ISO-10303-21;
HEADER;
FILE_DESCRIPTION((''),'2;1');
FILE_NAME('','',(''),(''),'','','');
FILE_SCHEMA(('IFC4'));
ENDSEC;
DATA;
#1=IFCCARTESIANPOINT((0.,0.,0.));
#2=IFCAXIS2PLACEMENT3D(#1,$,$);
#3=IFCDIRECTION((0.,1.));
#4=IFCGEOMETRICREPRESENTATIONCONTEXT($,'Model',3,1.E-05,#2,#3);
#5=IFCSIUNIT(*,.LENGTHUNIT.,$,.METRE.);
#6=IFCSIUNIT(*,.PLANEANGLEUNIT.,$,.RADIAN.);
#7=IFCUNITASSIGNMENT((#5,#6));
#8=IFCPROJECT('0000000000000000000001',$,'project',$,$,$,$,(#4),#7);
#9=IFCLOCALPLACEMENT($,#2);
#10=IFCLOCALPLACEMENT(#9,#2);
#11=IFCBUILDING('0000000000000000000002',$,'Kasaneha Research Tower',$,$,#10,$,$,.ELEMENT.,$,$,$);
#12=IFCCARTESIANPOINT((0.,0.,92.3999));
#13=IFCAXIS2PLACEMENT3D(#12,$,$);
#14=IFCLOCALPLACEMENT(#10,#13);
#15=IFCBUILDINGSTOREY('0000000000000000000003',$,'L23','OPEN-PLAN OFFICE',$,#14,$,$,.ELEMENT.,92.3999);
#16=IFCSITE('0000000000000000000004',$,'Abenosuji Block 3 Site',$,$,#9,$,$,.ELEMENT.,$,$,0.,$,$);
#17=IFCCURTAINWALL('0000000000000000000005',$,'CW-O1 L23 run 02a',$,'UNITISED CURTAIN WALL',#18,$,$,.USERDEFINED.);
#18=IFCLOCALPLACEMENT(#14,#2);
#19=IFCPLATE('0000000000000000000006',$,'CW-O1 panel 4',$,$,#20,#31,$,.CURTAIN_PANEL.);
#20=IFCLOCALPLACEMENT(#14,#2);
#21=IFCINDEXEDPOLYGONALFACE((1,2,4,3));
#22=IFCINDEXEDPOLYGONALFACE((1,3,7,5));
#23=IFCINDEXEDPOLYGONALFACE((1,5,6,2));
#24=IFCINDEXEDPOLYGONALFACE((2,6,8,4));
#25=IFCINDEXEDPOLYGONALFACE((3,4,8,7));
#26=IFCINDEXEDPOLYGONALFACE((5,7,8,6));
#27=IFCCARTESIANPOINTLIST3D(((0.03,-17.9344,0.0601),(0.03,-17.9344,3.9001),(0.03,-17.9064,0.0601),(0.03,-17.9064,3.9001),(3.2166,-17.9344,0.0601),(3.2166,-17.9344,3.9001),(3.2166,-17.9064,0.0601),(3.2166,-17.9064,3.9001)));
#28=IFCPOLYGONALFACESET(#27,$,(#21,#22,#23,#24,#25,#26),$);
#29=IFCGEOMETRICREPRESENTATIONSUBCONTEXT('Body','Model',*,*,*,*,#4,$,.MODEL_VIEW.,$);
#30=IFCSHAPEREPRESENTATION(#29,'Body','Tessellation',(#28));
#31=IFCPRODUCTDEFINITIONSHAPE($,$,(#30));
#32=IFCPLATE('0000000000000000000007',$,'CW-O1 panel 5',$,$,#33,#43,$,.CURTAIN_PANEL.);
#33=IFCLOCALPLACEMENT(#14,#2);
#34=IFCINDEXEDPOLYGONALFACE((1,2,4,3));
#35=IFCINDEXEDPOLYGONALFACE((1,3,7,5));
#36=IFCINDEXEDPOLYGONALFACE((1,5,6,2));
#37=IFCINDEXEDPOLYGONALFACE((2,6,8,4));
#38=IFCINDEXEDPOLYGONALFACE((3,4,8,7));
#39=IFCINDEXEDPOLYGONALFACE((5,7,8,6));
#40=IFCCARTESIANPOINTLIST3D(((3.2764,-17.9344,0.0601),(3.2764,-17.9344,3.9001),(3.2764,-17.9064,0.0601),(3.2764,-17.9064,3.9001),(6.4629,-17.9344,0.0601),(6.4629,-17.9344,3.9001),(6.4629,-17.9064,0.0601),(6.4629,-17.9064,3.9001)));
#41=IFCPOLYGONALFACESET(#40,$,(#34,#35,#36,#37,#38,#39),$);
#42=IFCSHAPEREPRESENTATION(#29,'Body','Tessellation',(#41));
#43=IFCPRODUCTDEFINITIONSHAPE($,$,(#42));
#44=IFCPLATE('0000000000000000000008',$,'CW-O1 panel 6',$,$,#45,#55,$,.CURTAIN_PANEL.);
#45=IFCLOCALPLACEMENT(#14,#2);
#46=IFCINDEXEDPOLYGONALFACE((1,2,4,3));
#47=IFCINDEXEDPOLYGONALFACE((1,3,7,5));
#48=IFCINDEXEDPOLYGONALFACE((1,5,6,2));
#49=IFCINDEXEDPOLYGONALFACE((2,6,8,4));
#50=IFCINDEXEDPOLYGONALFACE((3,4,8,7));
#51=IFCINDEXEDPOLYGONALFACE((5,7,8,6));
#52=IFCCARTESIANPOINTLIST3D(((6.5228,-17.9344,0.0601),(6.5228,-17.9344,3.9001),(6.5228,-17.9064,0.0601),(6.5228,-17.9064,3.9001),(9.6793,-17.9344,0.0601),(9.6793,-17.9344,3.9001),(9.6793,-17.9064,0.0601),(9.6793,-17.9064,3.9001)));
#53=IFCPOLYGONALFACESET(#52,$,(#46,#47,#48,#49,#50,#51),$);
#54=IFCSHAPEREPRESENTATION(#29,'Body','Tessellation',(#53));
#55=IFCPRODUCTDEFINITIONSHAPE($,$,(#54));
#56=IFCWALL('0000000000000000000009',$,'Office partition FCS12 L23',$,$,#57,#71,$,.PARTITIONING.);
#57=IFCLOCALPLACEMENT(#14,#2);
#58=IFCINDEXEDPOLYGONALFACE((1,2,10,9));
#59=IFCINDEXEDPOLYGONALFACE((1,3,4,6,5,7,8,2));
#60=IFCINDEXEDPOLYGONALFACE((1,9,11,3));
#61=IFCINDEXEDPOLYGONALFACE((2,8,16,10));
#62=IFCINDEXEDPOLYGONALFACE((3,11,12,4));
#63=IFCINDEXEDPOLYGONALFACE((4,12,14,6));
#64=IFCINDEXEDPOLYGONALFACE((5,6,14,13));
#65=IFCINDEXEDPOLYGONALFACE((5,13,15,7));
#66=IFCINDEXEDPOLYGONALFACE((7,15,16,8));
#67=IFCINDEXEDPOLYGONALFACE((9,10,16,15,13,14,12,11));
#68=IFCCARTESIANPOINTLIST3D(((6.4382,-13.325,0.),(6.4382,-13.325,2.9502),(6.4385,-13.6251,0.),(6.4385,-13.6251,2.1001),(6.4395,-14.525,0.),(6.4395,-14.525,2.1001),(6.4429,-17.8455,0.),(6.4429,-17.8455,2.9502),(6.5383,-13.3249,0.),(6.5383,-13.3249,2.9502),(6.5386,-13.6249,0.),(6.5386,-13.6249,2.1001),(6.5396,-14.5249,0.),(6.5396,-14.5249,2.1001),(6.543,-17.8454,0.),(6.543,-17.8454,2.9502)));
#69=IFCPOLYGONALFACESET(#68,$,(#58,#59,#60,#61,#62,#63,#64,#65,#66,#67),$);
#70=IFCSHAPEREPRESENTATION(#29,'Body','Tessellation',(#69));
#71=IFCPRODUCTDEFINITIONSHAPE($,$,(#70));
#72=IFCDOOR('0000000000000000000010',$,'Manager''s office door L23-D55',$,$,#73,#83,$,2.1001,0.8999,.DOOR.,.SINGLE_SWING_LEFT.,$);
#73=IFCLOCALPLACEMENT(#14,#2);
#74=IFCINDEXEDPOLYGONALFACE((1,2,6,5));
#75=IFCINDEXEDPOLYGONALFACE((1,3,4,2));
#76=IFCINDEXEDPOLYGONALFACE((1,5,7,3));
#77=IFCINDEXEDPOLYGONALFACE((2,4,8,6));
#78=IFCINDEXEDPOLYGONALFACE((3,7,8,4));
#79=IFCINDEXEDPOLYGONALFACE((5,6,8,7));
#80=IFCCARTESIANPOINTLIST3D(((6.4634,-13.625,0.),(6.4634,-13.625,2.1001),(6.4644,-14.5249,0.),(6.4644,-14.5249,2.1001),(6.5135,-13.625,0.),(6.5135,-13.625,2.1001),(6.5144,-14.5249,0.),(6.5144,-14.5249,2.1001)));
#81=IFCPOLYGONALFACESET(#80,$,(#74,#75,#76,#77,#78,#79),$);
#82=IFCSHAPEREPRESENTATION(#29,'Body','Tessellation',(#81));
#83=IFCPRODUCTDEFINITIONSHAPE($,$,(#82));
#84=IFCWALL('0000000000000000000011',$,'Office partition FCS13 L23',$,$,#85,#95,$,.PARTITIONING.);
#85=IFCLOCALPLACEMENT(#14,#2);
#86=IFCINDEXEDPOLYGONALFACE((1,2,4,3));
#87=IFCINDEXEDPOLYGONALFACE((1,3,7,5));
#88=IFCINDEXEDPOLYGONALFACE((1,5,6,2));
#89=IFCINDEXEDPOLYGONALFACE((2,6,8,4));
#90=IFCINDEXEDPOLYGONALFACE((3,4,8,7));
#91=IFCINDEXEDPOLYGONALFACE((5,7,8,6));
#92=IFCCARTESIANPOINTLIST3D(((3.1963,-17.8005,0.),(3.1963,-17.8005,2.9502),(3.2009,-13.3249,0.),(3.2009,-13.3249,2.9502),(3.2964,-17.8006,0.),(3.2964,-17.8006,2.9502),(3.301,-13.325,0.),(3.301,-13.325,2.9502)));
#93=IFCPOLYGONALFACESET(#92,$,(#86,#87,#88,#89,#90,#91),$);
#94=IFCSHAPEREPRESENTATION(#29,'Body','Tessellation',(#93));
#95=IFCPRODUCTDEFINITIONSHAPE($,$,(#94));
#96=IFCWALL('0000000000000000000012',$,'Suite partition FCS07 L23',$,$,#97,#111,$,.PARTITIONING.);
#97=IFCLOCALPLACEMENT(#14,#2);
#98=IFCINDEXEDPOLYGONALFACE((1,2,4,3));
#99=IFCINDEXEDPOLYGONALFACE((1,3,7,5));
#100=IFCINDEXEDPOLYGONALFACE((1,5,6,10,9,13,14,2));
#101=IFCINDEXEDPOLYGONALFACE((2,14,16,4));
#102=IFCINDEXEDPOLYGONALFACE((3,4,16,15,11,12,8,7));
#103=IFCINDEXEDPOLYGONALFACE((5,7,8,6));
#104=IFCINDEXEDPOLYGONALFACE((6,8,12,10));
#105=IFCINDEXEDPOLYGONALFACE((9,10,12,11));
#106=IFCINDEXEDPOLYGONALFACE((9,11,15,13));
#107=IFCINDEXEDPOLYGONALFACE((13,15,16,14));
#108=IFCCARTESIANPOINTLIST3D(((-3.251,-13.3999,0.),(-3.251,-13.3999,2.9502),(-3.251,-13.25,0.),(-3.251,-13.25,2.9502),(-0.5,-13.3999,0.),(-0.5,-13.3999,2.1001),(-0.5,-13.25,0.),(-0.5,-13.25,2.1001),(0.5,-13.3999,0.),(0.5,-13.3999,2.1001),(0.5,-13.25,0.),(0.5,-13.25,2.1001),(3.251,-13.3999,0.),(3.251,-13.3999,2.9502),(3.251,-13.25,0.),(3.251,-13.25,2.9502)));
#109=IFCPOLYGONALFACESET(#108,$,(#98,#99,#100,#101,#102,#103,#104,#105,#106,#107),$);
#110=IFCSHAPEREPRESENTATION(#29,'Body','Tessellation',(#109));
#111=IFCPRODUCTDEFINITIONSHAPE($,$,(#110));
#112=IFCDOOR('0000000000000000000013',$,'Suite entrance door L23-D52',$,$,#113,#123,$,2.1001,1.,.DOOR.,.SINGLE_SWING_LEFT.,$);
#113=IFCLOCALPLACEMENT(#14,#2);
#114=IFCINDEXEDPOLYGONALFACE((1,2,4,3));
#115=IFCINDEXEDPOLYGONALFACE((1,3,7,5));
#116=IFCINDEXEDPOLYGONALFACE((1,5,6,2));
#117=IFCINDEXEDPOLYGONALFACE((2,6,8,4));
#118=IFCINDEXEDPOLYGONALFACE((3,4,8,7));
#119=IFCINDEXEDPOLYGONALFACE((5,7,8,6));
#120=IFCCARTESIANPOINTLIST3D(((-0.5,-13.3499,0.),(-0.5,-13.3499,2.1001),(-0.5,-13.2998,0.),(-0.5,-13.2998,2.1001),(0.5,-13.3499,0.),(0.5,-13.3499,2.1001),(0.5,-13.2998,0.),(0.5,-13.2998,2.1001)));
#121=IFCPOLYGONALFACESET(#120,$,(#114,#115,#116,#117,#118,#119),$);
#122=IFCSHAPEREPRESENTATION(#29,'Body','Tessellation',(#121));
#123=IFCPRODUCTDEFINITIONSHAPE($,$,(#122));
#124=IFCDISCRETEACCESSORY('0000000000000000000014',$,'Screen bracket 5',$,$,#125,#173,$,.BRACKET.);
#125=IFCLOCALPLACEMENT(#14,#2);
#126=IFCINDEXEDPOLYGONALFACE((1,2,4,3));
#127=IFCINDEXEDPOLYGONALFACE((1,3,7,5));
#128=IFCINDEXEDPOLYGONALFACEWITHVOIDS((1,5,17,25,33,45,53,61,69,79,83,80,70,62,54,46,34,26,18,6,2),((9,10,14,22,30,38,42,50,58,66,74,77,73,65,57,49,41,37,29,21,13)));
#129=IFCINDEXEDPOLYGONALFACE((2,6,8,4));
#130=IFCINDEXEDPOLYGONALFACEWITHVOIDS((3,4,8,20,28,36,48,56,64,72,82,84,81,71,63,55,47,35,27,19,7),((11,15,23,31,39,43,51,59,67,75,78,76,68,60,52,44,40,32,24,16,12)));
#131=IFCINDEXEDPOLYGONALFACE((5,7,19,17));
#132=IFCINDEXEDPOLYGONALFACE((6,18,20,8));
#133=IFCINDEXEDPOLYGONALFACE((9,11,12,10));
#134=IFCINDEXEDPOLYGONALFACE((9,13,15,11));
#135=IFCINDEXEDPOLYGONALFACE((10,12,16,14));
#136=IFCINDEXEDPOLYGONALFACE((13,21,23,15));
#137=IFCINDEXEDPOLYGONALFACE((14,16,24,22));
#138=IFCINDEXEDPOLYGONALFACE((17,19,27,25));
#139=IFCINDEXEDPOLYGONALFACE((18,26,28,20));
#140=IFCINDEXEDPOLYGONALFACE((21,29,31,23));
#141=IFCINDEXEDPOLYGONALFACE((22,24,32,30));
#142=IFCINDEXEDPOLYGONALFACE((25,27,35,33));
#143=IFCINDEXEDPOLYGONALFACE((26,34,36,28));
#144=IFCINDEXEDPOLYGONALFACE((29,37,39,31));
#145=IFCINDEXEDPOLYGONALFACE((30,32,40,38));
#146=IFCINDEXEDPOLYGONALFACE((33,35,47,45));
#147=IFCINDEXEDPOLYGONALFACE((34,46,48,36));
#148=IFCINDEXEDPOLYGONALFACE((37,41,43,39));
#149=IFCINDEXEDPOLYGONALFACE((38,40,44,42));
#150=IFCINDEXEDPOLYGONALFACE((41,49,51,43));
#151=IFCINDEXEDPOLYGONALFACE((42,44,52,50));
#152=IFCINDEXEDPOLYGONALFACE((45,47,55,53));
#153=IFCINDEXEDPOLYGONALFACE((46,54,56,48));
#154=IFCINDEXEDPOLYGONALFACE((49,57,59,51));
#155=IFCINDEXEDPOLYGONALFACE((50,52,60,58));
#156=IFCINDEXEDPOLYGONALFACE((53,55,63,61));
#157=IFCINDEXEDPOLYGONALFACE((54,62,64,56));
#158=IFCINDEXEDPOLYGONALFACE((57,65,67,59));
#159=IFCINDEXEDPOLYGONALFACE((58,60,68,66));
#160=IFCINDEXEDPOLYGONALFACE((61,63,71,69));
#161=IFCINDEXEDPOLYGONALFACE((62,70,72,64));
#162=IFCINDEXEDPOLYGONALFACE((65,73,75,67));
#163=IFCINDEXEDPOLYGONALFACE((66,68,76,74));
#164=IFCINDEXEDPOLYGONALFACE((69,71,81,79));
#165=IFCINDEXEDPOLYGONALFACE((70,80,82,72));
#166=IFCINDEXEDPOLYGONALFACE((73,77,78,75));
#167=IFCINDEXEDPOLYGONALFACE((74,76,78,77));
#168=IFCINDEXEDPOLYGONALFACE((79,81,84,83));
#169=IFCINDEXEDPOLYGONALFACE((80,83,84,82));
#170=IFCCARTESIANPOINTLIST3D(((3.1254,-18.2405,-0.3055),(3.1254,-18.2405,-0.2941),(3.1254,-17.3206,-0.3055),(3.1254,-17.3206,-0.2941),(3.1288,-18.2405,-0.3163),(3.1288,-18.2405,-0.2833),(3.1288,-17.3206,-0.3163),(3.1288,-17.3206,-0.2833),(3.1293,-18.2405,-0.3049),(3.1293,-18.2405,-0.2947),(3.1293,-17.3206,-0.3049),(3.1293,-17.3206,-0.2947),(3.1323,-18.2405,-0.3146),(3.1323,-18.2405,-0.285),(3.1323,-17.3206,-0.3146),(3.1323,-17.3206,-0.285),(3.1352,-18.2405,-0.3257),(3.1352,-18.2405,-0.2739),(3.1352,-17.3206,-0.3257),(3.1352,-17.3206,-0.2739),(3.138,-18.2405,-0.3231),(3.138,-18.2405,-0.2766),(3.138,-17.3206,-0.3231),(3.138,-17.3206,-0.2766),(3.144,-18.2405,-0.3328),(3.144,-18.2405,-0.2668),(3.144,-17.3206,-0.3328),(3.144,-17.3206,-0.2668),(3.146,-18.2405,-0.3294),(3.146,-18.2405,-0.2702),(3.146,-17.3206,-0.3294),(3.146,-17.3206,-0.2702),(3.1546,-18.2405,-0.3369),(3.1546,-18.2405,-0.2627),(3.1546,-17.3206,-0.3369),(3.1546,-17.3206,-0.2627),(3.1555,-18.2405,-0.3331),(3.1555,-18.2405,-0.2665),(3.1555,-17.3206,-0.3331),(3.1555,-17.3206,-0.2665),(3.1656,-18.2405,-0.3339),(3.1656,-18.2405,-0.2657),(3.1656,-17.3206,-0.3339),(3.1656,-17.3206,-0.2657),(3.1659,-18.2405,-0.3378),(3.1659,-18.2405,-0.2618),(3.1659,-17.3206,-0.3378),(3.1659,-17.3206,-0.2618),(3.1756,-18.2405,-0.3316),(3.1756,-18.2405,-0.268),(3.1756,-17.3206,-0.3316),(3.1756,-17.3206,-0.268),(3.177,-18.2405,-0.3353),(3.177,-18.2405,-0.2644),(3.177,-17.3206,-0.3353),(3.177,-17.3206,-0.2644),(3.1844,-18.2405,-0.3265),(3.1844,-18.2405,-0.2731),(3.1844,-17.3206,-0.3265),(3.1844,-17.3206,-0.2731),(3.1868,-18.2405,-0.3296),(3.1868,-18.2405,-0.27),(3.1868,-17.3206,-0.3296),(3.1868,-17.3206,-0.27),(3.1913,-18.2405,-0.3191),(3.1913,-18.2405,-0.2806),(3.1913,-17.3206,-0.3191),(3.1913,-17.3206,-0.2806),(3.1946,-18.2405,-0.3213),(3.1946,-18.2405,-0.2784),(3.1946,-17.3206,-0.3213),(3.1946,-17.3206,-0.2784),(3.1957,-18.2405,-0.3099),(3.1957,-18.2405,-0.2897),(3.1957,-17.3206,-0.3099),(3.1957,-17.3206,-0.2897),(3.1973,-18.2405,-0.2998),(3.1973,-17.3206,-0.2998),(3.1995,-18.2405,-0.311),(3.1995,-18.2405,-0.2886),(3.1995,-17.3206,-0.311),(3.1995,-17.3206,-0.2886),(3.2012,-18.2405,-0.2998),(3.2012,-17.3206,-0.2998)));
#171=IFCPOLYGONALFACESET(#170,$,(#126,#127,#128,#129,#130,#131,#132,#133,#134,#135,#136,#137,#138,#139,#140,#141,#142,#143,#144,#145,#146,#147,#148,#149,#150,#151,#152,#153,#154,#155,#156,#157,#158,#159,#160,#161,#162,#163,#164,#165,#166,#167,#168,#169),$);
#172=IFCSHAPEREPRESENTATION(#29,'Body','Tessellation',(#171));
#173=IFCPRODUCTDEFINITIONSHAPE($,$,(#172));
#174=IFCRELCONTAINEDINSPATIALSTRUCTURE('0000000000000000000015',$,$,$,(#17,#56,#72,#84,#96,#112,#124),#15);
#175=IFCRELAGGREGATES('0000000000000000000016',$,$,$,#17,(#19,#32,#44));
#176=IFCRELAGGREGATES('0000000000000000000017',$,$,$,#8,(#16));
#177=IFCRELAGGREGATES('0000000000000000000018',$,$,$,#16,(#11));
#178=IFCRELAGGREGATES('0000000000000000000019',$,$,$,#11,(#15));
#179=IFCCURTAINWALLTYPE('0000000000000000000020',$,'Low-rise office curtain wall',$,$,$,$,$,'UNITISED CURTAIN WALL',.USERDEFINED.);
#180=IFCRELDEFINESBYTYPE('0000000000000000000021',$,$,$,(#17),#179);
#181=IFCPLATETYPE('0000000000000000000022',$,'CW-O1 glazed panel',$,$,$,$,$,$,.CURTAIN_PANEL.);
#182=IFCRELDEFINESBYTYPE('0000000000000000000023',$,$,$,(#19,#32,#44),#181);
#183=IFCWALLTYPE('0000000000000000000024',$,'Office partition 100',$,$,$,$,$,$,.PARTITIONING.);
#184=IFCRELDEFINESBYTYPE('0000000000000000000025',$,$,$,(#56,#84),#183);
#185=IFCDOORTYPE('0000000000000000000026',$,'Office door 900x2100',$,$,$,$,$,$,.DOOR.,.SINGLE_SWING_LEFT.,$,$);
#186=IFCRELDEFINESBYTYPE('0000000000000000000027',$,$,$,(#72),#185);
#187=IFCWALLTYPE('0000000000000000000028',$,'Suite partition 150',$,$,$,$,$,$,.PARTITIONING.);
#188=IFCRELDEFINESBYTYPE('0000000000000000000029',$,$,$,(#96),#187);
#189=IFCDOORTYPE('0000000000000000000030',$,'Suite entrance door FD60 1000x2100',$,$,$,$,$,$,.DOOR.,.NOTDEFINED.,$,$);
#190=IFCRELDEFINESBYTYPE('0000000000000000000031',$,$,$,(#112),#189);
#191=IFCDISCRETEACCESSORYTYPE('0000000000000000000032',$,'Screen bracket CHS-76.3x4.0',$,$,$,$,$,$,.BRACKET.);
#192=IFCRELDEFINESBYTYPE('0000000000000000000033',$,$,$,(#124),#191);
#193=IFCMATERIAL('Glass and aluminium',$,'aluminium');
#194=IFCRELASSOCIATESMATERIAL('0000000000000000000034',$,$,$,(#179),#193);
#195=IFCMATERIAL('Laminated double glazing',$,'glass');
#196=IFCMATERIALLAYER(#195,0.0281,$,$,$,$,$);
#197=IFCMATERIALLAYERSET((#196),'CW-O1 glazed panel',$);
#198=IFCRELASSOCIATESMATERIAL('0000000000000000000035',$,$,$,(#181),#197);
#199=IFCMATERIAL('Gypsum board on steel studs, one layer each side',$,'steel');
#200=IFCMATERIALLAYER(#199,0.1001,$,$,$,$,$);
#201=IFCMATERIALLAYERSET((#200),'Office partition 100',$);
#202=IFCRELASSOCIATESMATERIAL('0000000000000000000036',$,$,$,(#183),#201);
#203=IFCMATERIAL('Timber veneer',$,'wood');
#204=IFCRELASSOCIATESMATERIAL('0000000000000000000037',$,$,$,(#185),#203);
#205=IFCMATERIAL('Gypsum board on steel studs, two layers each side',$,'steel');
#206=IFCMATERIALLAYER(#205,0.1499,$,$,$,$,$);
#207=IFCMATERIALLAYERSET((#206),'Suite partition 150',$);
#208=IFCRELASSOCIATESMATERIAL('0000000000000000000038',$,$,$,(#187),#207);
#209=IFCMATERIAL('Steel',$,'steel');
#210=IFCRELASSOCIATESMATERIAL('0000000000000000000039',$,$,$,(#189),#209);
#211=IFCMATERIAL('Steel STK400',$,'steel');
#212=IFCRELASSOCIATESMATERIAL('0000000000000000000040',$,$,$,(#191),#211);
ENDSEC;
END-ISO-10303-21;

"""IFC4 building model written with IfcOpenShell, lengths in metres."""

from ifc_helpers import new_model, si_unit, direction, frame, frame_2d, origin, origin_2d, place, context, subcontext, project, spatial, rectangle, hollow_circle, extrude, material, layer, layer_set, material_profile, profile_set, type_object, element, fill, aggregate, save


model = new_model("IFC4")

# Units and contexts
model_context = context("Model", 3, precision=1e-05, world=origin(), true_north=direction((0.0, 1.0)))
body_context = subcontext(model_context, "Body", "Model", "MODEL_VIEW")
ifc_project = project(units=[si_unit("LENGTHUNIT", "METRE"), si_unit("PLANEANGLEUNIT", "RADIAN")], contexts=[model_context])

# Site, building, storey
site_placement = place(None, origin())
site = spatial("IfcSite", under=ifc_project, at=site_placement, Name="Abenosuji Block 3 Site", CompositionType="ELEMENT", RefElevation=0.0)
building_placement = place(site_placement, origin())
building = spatial("IfcBuilding", under=site, at=building_placement, Name="Kasaneha Research Tower", CompositionType="ELEMENT")
storey_placement = place(building_placement, frame((0.0, 0.0, 92.3999)))
storey = spatial("IfcBuildingStorey", under=building, at=storey_placement, Name="L23", Description="OPEN-PLAN OFFICE", CompositionType="ELEMENT", Elevation=92.3999)

# Curtain wall
ifc_material_1 = material(Name="Glass and aluminium", Category="aluminium")
curtain_wall_type = type_object("IfcCurtainWallType", Name="Low-rise office curtain wall", ElementType="UNITISED CURTAIN WALL", PredefinedType="USERDEFINED", material=ifc_material_1)
curtain_wall_1_placement = place(storey_placement, origin())
curtain_wall_1 = element("IfcCurtainWall", 1, at=curtain_wall_1_placement, inside=storey, type_object=curtain_wall_type, Name="CW-O1 L23 run 02a", ObjectType="UNITISED CURTAIN WALL", PredefinedType="USERDEFINED")

# Plates
ifc_material_2 = material(Name="Laminated double glazing", Category="glass")
ifc_layer_1 = layer(ifc_material_2, 0.0281)
ifc_layer_set_1 = layer_set([ifc_layer_1], Name="CW-O1 glazed panel")
plate_type = type_object("IfcPlateType", Name="CW-O1 glazed panel", PredefinedType="CURTAIN_PANEL", material=ifc_layer_set_1)
plate_1_placement = place(storey_placement, frame((1.6233, -17.9204, 0.0601), z_axis=(0.0, 0.0, 1.0), x_axis=(1.0, 0.0, 0.0)))
plate_1 = element("IfcPlate", 2, at=plate_1_placement, type_object=plate_type, Name="CW-O1 panel 4", PredefinedType="CURTAIN_PANEL", context=body_context, shape_type="SweptSolid", body=[
    extrude(rectangle(XDim=3.1865, YDim=0.0281, at=origin_2d()), origin(), (0.0, 0.0, 1.0), 3.8401),
])
plate_2_placement = place(storey_placement, frame((4.8696, -17.9204, 0.0601), z_axis=(0.0, 0.0, 1.0), x_axis=(1.0, 0.0, 0.0)))
plate_2 = element("IfcPlate", 3, at=plate_2_placement, type_object=plate_type, Name="CW-O1 panel 5", PredefinedType="CURTAIN_PANEL", context=body_context, shape_type="SweptSolid", body=[
    extrude(rectangle(XDim=3.1865, YDim=0.0281, at=origin_2d()), origin(), (0.0, 0.0, 1.0), 3.8401),
])
plate_3_placement = place(storey_placement, frame((8.1011, -17.9204, 0.0601), z_axis=(0.0, 0.0, 1.0), x_axis=(1.0, 0.0, 0.0)))
plate_3 = element("IfcPlate", 4, at=plate_3_placement, type_object=plate_type, Name="CW-O1 panel 6", PredefinedType="CURTAIN_PANEL", context=body_context, shape_type="SweptSolid", body=[
    extrude(rectangle(XDim=3.1565, YDim=0.0281, at=origin_2d()), origin(), (0.0, 0.0, 1.0), 3.8401),
])
aggregate(curtain_wall_1, [plate_1, plate_2, plate_3])

# Wall, opening, door
ifc_material_3 = material(Name="Gypsum board on steel studs, one layer each side", Category="steel")
ifc_layer_2 = layer(ifc_material_3, 0.1001)
ifc_layer_set_2 = layer_set([ifc_layer_2], Name="Office partition 100")
wall_type_1 = type_object("IfcWallType", Name="Office partition 100", PredefinedType="PARTITIONING", material=ifc_layer_set_2)
wall_1_placement = place(storey_placement, frame((6.4883, -13.325, 0.0), z_axis=(0.0, 0.0, 1.0), x_axis=(0.001026, -0.999999, 0.0)))
wall_1 = element("IfcWall", 5, at=wall_1_placement, inside=storey, type_object=wall_type_1, Name="Office partition FCS12 L23", PredefinedType="PARTITIONING", context=body_context, shape_type="SweptSolid", body=[
    extrude(rectangle(XDim=4.5205, YDim=0.1001, at=frame_2d((2.2603, 0.0))), origin(), (0.0, 0.0, 1.0), 2.9502),
])
opening_1_placement = place(wall_1_placement, frame((0.3, 0.0, 0.0)))
opening_1 = element("IfcOpeningElement", 6, at=opening_1_placement, cuts=wall_1, PredefinedType="OPENING", context=body_context, shape_type="SweptSolid", body=[
    extrude(rectangle(XDim=0.8999, YDim=2.1001, at=frame_2d((0.45, 1.05))), frame((0.0, 0.0601, 0.0), z_axis=(0.0, -1.0, 0.0), x_axis=(1.0, 0.0, 0.0)), (0.0, 0.0, 1.0), 0.1201),
])
ifc_material_4 = material(Name="Timber veneer", Category="wood")
door_type_1 = type_object("IfcDoorType", Name="Office door 900x2100", OperationType="SINGLE_SWING_LEFT", PredefinedType="DOOR", material=ifc_material_4)
door_1_placement = place(opening_1_placement, origin())
door_1 = element("IfcDoor", 7, at=door_1_placement, inside=storey, type_object=door_type_1, Name="Manager's office door L23-D55", OperationType="SINGLE_SWING_LEFT", OverallHeight=2.1001, OverallWidth=0.8999, PredefinedType="DOOR", context=body_context, shape_type="SweptSolid", body=[
    extrude(rectangle(XDim=0.8999, YDim=2.1001, at=frame_2d((0.45, 1.05))), frame((0.0, 0.0249, 0.0), z_axis=(0.0, -1.0, 0.0), x_axis=(1.0, 0.0, 0.0)), (0.0, 0.0, 1.0), 0.05),
])
fill(opening_1, door_1)

# Wall
wall_2_placement = place(storey_placement, frame((3.2463, -17.8005, 0.0), z_axis=(0.0, 0.0, 1.0), x_axis=(0.001036, 0.999999, 0.0)))
element("IfcWall", 8, at=wall_2_placement, inside=storey, type_object=wall_type_1, Name="Office partition FCS13 L23", PredefinedType="PARTITIONING", context=body_context, shape_type="SweptSolid", body=[
    extrude(rectangle(XDim=4.4756, YDim=0.1001, at=frame_2d((2.2378, 0.0))), origin(), (0.0, 0.0, 1.0), 2.9502),
])

# Wall, opening, door
ifc_material_5 = material(Name="Gypsum board on steel studs, two layers each side", Category="steel")
ifc_layer_3 = layer(ifc_material_5, 0.1499)
ifc_layer_set_3 = layer_set([ifc_layer_3], Name="Suite partition 150")
wall_type_2 = type_object("IfcWallType", Name="Suite partition 150", PredefinedType="PARTITIONING", material=ifc_layer_set_3)
wall_3_placement = place(storey_placement, frame((3.251, -13.325, 0.0), z_axis=(0.0, 0.0, 1.0), x_axis=(-1.0, 0.0, 0.0)))
wall_3 = element("IfcWall", 9, at=wall_3_placement, inside=storey, type_object=wall_type_2, Name="Suite partition FCS07 L23", PredefinedType="PARTITIONING", context=body_context, shape_type="SweptSolid", body=[
    extrude(rectangle(XDim=6.502, YDim=0.1499, at=frame_2d((3.251, 0.0))), origin(), (0.0, 0.0, 1.0), 2.9502),
])
opening_2_placement = place(wall_3_placement, frame((2.751, 0.0, 0.0)))
opening_2 = element("IfcOpeningElement", 10, at=opening_2_placement, cuts=wall_3, PredefinedType="OPENING", context=body_context, shape_type="SweptSolid", body=[
    extrude(rectangle(XDim=1.0, YDim=2.1001, at=frame_2d((0.5, 1.05))), frame((0.0, 0.085, 0.0), z_axis=(0.0, -1.0, 0.0), x_axis=(1.0, 0.0, 0.0)), (0.0, 0.0, 1.0), 0.1699),
])
ifc_material_6 = material(Name="Steel", Category="steel")
door_type_2 = type_object("IfcDoorType", Name="Suite entrance door FD60 1000x2100", OperationType="NOTDEFINED", PredefinedType="DOOR", material=ifc_material_6)
door_2_placement = place(opening_2_placement, origin())
door_2 = element("IfcDoor", 11, at=door_2_placement, inside=storey, type_object=door_type_2, Name="Suite entrance door L23-D52", OperationType="SINGLE_SWING_LEFT", OverallHeight=2.1001, OverallWidth=1.0, PredefinedType="DOOR", context=body_context, shape_type="SweptSolid", body=[
    extrude(rectangle(XDim=1.0, YDim=2.1001, at=frame_2d((0.5, 1.05))), frame((0.0, 0.0249, 0.0), z_axis=(0.0, -1.0, 0.0), x_axis=(1.0, 0.0, 0.0)), (0.0, 0.0, 1.0), 0.05),
])
fill(opening_2, door_2)

# Discrete accessory
ifc_material_7 = material(Name="Steel STK400", Category="steel")
ifc_material_profile_1 = material_profile(ifc_material_7, hollow_circle(Radius=0.0381, WallThickness=0.0039, at=origin_2d()), Name="CHS-76.3x4.0")
ifc_profile_set_1 = profile_set([ifc_material_profile_1], Name="Steel STK400")
discrete_accessory_type = type_object("IfcDiscreteAccessoryType", Name="Screen bracket CHS-76.3x4.0", PredefinedType="BRACKET", material=ifc_profile_set_1)
for number, where, z_axis, x_axis, name in (
    (12, (3.1631, -17.3206, -0.2998), (0.0, -1.0, 0.0), (1.0, 0.0, 0.0), "Screen bracket 5"),
):
    element("IfcDiscreteAccessory", number, at=place(storey_placement, frame(where, z_axis=z_axis, x_axis=x_axis)), inside=storey, type_object=discrete_accessory_type, Name=name, PredefinedType="BRACKET", context=body_context, shape_type="SweptSolid", body=[
        extrude(hollow_circle(Radius=0.0381, WallThickness=0.0039, at=origin_2d()), origin(), (0.0, 0.0, 1.0), 0.9199),
    ])

save(model, "model.ifc")
